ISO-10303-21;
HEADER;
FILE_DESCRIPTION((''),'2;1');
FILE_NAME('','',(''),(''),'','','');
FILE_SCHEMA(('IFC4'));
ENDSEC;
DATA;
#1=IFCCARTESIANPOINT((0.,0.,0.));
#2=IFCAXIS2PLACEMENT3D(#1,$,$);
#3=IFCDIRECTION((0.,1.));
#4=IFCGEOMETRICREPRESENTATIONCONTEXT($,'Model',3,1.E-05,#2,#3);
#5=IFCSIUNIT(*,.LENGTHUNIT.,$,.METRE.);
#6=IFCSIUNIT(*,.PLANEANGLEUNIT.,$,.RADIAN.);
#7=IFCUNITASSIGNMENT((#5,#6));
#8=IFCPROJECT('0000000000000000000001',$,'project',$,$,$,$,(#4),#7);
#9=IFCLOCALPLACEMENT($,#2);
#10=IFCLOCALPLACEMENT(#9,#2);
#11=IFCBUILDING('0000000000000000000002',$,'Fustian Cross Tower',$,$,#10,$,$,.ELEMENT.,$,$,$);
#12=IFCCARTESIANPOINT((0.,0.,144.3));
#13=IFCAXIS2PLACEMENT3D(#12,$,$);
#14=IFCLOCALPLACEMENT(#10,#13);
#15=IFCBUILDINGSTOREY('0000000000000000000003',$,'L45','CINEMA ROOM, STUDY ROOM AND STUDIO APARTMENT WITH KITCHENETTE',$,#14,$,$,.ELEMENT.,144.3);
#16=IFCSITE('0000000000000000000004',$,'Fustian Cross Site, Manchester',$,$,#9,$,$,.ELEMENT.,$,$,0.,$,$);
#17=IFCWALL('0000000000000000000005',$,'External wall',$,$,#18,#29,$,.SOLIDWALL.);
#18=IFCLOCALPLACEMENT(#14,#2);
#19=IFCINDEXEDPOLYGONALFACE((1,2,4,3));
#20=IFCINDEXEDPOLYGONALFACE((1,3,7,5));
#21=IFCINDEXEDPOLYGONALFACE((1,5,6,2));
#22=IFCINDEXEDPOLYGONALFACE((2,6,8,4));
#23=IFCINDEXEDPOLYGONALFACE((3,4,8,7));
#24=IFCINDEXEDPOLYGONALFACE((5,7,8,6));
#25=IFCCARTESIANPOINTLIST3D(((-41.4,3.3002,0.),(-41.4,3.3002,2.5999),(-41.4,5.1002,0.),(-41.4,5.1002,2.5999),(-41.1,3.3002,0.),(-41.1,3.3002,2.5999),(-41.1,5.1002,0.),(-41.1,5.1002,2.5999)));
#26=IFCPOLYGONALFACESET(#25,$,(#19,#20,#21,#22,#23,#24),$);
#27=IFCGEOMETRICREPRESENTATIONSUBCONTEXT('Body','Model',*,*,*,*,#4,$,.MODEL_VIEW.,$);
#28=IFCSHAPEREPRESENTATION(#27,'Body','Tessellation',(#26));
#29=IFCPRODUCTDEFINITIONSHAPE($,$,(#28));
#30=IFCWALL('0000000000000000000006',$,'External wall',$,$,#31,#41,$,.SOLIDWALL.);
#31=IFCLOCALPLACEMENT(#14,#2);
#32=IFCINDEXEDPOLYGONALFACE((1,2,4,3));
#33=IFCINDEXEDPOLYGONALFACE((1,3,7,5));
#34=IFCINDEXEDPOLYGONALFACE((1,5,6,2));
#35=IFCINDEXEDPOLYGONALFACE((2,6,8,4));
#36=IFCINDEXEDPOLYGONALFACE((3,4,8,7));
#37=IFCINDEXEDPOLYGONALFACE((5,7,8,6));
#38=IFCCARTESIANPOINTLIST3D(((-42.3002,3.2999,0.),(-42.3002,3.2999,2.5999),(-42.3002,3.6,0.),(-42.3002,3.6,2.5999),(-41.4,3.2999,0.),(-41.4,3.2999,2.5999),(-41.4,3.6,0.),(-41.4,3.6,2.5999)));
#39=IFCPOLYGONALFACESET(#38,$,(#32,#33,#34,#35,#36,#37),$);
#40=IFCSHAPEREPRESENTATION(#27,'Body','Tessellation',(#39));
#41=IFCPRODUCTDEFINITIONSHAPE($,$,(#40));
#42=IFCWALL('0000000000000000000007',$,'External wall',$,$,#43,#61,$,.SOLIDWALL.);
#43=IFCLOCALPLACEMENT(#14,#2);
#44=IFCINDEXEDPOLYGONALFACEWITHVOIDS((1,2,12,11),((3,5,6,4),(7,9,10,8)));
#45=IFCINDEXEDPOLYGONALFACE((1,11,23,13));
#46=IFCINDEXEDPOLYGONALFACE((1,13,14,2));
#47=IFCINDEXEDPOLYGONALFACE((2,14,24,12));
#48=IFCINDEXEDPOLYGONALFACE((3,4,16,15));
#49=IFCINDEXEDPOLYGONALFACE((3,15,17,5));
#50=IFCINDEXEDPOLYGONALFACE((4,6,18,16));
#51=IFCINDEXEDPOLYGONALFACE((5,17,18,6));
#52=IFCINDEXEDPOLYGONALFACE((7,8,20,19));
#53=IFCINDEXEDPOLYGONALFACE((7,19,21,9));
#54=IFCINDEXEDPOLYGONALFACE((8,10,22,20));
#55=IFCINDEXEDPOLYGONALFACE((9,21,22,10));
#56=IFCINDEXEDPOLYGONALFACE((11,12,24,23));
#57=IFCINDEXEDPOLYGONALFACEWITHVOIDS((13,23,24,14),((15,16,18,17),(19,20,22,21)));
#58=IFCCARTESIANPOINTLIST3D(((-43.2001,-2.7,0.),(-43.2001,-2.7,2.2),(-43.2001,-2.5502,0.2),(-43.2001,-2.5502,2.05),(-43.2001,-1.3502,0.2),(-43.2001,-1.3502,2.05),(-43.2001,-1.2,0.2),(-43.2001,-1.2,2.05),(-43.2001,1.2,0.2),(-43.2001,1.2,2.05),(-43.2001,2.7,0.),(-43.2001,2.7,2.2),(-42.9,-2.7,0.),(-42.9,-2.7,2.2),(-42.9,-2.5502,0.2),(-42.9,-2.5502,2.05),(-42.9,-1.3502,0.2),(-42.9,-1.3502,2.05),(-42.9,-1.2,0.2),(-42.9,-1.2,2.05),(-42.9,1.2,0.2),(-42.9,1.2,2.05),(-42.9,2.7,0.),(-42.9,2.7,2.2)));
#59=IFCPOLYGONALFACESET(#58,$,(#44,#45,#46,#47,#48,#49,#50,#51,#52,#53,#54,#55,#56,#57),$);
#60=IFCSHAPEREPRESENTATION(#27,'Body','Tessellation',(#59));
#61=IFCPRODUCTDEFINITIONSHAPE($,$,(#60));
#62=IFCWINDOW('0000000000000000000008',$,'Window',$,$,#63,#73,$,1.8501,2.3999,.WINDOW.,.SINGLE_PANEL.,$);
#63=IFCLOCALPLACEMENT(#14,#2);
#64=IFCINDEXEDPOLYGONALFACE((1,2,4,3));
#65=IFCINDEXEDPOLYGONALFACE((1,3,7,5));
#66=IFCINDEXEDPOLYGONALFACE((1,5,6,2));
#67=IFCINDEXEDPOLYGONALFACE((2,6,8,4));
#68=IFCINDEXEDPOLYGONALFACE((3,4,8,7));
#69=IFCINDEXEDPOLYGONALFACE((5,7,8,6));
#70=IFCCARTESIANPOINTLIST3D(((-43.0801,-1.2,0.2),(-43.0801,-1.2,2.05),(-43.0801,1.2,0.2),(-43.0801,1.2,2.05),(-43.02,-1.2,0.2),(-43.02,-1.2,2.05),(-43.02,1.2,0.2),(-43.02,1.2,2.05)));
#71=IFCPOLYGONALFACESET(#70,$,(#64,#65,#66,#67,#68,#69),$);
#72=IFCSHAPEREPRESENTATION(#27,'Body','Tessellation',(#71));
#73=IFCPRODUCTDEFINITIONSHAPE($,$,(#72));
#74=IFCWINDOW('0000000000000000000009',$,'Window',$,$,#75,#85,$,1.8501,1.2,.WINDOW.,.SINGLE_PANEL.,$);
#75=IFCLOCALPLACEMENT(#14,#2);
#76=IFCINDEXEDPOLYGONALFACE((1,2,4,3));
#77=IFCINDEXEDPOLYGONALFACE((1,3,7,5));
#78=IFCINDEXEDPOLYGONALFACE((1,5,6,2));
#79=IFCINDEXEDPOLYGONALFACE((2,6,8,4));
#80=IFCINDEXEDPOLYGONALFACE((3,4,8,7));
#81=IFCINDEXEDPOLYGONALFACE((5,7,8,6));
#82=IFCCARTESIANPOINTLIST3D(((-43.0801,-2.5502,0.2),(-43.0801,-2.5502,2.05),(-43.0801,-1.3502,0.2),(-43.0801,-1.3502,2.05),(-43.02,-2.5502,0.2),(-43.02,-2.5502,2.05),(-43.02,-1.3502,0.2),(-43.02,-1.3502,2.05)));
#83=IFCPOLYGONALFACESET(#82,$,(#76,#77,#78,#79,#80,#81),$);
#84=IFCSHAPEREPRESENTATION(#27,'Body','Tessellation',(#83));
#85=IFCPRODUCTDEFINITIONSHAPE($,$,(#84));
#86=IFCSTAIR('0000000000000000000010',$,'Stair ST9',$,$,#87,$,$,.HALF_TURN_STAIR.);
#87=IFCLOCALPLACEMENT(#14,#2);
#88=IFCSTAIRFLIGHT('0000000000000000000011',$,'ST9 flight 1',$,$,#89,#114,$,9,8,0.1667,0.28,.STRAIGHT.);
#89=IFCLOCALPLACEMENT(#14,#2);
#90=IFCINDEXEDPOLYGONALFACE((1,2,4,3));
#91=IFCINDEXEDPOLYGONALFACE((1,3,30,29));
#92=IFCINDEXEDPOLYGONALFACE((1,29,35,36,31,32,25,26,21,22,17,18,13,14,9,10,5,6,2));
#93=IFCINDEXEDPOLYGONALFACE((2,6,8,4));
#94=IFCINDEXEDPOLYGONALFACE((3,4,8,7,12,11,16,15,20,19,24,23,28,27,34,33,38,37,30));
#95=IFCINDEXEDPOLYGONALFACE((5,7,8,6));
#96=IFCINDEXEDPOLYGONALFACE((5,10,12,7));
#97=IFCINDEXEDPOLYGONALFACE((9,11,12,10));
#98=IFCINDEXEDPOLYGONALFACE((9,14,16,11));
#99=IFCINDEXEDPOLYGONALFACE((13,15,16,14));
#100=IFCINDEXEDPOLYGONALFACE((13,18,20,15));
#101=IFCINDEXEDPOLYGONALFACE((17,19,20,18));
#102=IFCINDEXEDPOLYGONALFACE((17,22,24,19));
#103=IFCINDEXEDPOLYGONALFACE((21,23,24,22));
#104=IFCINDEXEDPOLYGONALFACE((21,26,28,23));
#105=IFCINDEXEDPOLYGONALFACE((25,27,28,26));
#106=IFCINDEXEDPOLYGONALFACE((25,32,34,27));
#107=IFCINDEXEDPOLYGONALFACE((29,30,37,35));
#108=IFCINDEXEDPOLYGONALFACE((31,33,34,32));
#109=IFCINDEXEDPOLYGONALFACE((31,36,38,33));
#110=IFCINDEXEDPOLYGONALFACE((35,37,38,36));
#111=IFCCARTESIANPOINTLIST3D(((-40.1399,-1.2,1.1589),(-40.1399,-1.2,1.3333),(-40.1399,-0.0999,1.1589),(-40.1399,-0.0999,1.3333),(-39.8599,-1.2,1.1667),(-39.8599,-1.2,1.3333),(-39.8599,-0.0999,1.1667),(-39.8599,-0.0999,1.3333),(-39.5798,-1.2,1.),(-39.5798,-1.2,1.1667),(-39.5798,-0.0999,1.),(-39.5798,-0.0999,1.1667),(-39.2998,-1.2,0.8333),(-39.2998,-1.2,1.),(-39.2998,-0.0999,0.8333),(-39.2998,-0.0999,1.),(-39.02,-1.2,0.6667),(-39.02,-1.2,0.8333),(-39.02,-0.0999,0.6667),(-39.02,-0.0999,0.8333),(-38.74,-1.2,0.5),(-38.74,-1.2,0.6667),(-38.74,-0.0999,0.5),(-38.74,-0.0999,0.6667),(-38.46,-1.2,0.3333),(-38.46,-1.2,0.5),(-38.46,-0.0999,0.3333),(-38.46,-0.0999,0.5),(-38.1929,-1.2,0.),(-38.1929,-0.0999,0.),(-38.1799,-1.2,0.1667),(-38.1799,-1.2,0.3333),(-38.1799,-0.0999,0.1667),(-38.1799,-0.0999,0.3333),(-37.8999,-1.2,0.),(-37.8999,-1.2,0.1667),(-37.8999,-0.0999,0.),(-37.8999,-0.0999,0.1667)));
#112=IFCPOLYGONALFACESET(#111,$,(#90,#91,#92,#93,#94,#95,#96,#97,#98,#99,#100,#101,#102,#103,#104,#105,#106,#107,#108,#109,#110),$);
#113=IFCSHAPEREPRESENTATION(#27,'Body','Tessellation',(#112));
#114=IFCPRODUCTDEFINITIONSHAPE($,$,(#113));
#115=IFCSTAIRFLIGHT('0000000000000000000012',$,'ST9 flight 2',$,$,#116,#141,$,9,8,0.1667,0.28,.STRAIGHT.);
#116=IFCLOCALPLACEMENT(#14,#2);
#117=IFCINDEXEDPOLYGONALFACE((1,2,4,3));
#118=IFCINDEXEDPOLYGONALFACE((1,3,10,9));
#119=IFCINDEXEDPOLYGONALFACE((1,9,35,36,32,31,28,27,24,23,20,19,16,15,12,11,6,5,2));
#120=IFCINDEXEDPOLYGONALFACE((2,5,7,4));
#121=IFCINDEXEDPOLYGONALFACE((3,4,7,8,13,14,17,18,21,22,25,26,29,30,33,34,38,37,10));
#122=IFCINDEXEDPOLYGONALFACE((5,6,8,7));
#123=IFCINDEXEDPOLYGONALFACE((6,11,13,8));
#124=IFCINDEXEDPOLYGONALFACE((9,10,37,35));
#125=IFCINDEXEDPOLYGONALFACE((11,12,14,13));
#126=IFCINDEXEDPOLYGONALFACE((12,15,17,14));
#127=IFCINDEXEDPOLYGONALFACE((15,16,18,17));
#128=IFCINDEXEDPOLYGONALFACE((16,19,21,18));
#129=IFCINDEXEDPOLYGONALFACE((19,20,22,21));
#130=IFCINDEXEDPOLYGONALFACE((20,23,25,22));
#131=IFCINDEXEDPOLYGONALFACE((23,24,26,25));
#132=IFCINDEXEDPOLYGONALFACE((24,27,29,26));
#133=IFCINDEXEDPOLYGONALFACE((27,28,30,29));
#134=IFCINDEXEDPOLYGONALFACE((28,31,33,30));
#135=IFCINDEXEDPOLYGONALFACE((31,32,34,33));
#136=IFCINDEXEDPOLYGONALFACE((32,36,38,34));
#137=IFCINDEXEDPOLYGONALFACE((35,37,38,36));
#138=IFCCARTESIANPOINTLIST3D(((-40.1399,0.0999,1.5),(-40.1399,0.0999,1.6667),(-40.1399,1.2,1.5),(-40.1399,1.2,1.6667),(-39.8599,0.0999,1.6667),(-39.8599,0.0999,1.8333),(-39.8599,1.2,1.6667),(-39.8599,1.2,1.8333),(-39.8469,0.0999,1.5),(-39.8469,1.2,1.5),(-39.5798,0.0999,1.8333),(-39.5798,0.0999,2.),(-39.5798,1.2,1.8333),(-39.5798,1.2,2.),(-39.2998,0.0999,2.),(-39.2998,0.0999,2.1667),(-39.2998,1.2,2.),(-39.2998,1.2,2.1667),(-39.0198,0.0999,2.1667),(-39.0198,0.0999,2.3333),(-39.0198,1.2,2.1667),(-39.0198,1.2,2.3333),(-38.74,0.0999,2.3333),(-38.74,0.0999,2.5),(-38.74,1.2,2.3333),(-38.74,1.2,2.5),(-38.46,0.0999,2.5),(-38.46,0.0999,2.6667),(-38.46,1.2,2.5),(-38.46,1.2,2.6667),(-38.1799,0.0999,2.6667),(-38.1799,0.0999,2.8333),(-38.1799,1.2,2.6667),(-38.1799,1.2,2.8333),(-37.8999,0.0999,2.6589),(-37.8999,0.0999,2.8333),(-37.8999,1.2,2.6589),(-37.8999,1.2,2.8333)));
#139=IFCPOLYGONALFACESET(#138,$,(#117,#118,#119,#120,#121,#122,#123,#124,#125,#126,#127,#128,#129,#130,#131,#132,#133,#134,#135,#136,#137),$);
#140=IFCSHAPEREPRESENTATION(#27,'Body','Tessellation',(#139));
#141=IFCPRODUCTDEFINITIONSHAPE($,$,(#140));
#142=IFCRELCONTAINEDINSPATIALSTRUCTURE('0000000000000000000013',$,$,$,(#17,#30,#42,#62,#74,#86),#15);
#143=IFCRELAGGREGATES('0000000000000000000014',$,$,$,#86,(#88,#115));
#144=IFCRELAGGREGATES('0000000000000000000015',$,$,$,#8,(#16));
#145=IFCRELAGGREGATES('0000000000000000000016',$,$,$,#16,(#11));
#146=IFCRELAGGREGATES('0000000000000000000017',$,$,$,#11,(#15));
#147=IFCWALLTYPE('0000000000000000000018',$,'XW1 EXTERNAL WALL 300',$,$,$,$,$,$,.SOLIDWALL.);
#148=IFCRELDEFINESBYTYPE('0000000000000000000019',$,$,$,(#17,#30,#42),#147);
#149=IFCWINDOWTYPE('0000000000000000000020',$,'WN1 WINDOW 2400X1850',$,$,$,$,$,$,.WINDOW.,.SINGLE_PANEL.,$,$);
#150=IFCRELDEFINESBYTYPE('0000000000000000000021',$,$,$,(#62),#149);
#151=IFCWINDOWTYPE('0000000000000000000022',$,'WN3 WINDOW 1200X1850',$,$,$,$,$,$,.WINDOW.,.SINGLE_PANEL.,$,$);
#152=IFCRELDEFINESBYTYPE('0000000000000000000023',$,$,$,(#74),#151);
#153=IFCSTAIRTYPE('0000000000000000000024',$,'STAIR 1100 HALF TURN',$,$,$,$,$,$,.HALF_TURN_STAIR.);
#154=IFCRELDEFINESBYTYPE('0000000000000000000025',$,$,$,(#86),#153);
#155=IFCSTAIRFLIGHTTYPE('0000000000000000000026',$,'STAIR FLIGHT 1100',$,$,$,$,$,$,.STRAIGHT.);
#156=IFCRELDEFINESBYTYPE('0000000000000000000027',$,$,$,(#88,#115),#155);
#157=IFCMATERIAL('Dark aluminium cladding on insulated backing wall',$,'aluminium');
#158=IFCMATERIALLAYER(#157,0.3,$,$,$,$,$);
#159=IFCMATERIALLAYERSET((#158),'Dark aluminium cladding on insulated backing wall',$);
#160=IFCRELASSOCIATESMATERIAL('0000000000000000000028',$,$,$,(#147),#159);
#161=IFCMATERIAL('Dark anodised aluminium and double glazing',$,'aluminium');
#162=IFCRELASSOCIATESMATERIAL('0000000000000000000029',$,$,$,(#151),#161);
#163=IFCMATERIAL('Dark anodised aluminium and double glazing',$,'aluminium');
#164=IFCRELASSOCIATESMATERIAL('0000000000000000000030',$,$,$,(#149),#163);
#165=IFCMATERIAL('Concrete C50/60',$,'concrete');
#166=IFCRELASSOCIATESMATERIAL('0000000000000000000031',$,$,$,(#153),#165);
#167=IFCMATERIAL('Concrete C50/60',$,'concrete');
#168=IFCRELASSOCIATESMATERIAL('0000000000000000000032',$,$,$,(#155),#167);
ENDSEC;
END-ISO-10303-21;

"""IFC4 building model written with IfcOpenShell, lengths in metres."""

from ifc_helpers import new_model, si_unit, direction, frame, frame_2d, origin, place, context, subcontext, project, spatial, polyline, rectangle, outline, extrude, material, layer, layer_set, type_object, element, fill, aggregate, save


model = new_model("IFC4")

# Units and contexts
model_context = context("Model", 3, precision=1e-05, world=origin(), true_north=direction((0.0, 1.0)))
body_context = subcontext(model_context, "Body", "Model", "MODEL_VIEW")
ifc_project = project(units=[si_unit("LENGTHUNIT", "METRE"), si_unit("PLANEANGLEUNIT", "RADIAN")], contexts=[model_context])

# Site, building, storey
site_placement = place(None, origin())
site = spatial("IfcSite", under=ifc_project, at=site_placement, Name="Fustian Cross Site, Manchester", CompositionType="ELEMENT", RefElevation=0.0)
building_placement = place(site_placement, origin())
building = spatial("IfcBuilding", under=site, at=building_placement, Name="Fustian Cross Tower", CompositionType="ELEMENT")
storey_placement = place(building_placement, frame((0.0, 0.0, 144.3)))
storey = spatial("IfcBuildingStorey", under=building, at=storey_placement, Name="L45", Description="CINEMA ROOM, STUDY ROOM AND STUDIO APARTMENT WITH KITCHENETTE", CompositionType="ELEMENT", Elevation=144.3)

# Shared definitions
ifc_material_1 = material(Name="Dark aluminium cladding on insulated backing wall", Category="aluminium")
ifc_layer_1 = layer(ifc_material_1, 0.3)
ifc_layer_set_1 = layer_set([ifc_layer_1], Name="Dark aluminium cladding on insulated backing wall")
wall_type_1 = type_object("IfcWallType", Name="XW1 EXTERNAL WALL 300", PredefinedType="SOLIDWALL", material=ifc_layer_set_1)
ifc_material_2 = material(Name="Dark anodised aluminium and double glazing", Category="aluminium")
window_type_1 = type_object("IfcWindowType", Name="WN3 WINDOW 1200X1850", PartitioningType="SINGLE_PANEL", PredefinedType="WINDOW", material=ifc_material_2)

# Walls
wall_1_placement = place(storey_placement, frame((-41.25, 5.1001, 0.0), z_axis=(0.0, 0.0, 1.0), x_axis=(0.0, -1.0, 0.0)))
element("IfcWall", 1, at=wall_1_placement, inside=storey, type_object=wall_type_1, Name="External wall", PredefinedType="SOLIDWALL", context=body_context, shape_type="SweptSolid", body=[
    extrude(rectangle(XDim=1.8, YDim=0.3, at=frame_2d((0.8999, 0.0))), origin(), (0.0, 0.0, 1.0), 2.5999),
])
wall_2_placement = place(storey_placement, frame((-41.3999, 3.45, 0.0), z_axis=(0.0, 0.0, 1.0), x_axis=(-1.0, 0.0, 0.0)))
element("IfcWall", 2, at=wall_2_placement, inside=storey, type_object=wall_type_1, Name="External wall", PredefinedType="SOLIDWALL", context=body_context, shape_type="SweptSolid", body=[
    extrude(rectangle(XDim=0.9001, YDim=0.3, at=frame_2d((0.4502, 0.0))), origin(), (0.0, 0.0, 1.0), 2.5999),
])

# Wall, openings, windows
wall_3_placement = place(storey_placement, frame((-43.05, 2.7, 0.0), z_axis=(0.0, 0.0, 1.0), x_axis=(0.0, -1.0, 0.0)))
wall_3 = element("IfcWall", 3, at=wall_3_placement, inside=storey, type_object=wall_type_1, Name="External wall", PredefinedType="SOLIDWALL", context=body_context, shape_type="SweptSolid", body=[
    extrude(rectangle(XDim=5.3999, YDim=0.3, at=frame_2d((2.7, 0.0))), origin(), (0.0, 0.0, 1.0), 2.2),
])
opening_1_placement = place(wall_3_placement, frame((1.5, 0.0, 0.2)))
opening_1 = element("IfcOpeningElement", 4, at=opening_1_placement, cuts=wall_3, PredefinedType="OPENING", context=body_context, shape_type="SweptSolid", body=[
    extrude(rectangle(XDim=2.3999, YDim=1.8501, at=frame_2d((1.2, 0.925))), frame((0.0, 0.1599, 0.0), z_axis=(0.0, -1.0, 0.0), x_axis=(1.0, 0.0, 0.0)), (0.0, 0.0, 1.0), 0.3201),
])
opening_2_placement = place(wall_3_placement, frame((4.05, 0.0, 0.2)))
opening_2 = element("IfcOpeningElement", 5, at=opening_2_placement, cuts=wall_3, PredefinedType="OPENING", context=body_context, shape_type="SweptSolid", body=[
    extrude(rectangle(XDim=1.2, YDim=1.8501, at=frame_2d((0.6001, 0.925))), frame((0.0, 0.1599, 0.0), z_axis=(0.0, -1.0, 0.0), x_axis=(1.0, 0.0, 0.0)), (0.0, 0.0, 1.0), 0.3201),
])
ifc_material_3 = material(Name="Dark anodised aluminium and double glazing", Category="aluminium")
window_type_2 = type_object("IfcWindowType", Name="WN1 WINDOW 2400X1850", PartitioningType="SINGLE_PANEL", PredefinedType="WINDOW", material=ifc_material_3)
window_1_placement = place(opening_1_placement, origin())
window_1 = element("IfcWindow", 6, at=window_1_placement, inside=storey, type_object=window_type_2, Name="Window", OverallHeight=1.8501, OverallWidth=2.3999, PartitioningType="SINGLE_PANEL", PredefinedType="WINDOW", context=body_context, shape_type="SweptSolid", body=[
    extrude(rectangle(XDim=2.3999, YDim=1.8501, at=frame_2d((1.2, 0.925))), frame((0.0, 0.03, 0.0), z_axis=(0.0, -1.0, 0.0), x_axis=(1.0, 0.0, 0.0)), (0.0, 0.0, 1.0), 0.0601),
])
fill(opening_1, window_1)
window_2_placement = place(opening_2_placement, origin())
window_2 = element("IfcWindow", 7, at=window_2_placement, inside=storey, type_object=window_type_1, Name="Window", OverallHeight=1.8501, OverallWidth=1.2, PartitioningType="SINGLE_PANEL", PredefinedType="WINDOW", context=body_context, shape_type="SweptSolid", body=[
    extrude(rectangle(XDim=1.2, YDim=1.8501, at=frame_2d((0.6001, 0.925))), frame((0.0, 0.03, 0.0), z_axis=(0.0, -1.0, 0.0), x_axis=(1.0, 0.0, 0.0)), (0.0, 0.0, 1.0), 0.0601),
])
fill(opening_2, window_2)

# Stair, stair flights
ifc_material_4 = material(Name="Concrete C50/60", Category="concrete")
stair_type = type_object("IfcStairType", Name="STAIR 1100 HALF TURN", PredefinedType="HALF_TURN_STAIR", material=ifc_material_4)
stair_placement = place(storey_placement, origin())
stair = element("IfcStair", 8, at=stair_placement, inside=storey, type_object=stair_type, Name="Stair ST9", PredefinedType="HALF_TURN_STAIR")
ifc_material_5 = material(Name="Concrete C50/60", Category="concrete")
stair_flight_type = type_object("IfcStairFlightType", Name="STAIR FLIGHT 1100", PredefinedType="STRAIGHT", material=ifc_material_5)
stair_flight_1_placement = place(storey_placement, frame((-37.8999, -0.6499, 0.0), z_axis=(0.0, 0.0, 1.0), x_axis=(-1.0, 0.0, 0.0)))
stair_flight_1 = element("IfcStairFlight", 9, at=stair_flight_1_placement, type_object=stair_flight_type, Name="ST9 flight 1", NumberOfRisers=9, NumberOfTreads=8, PredefinedType="STRAIGHT", RiserHeight=0.1667, TreadLength=0.28, context=body_context, shape_type="SweptSolid", body=[
    extrude(outline(polyline([(0.0, 0.0), (0.0, 0.1667), (0.28, 0.1667), (0.28, 0.3333), (0.5601, 0.3333), (0.5601, 0.5), (0.8401, 0.5), (0.8401, 0.6667), (1.1201, 0.6667), (1.1201, 0.8333), (1.3999, 0.8333), (1.3999, 1.0), (1.6799, 1.0), (1.6799, 1.1667), (1.96, 1.1667), (1.96, 1.3333), (2.24, 1.3333), (2.24, 1.5), (2.24, 1.1589), (0.293, 0.0), (0.0, 0.0)])), frame((0.0, 0.55, 0.0), z_axis=(0.0, -1.0, 0.0), x_axis=(1.0, 0.0, 0.0)), (0.0, 0.0, 1.0), 1.1001),
])
stair_flight_2_placement = place(storey_placement, frame((-40.1399, 0.6499, 1.5), z_axis=(0.0, 0.0, 1.0), x_axis=(1.0, 0.0, 0.0)))
stair_flight_2 = element("IfcStairFlight", 10, at=stair_flight_2_placement, type_object=stair_flight_type, Name="ST9 flight 2", NumberOfRisers=9, NumberOfTreads=8, PredefinedType="STRAIGHT", RiserHeight=0.1667, TreadLength=0.28, context=body_context, shape_type="SweptSolid", body=[
    extrude(outline(polyline([(0.0, 0.0), (0.0, 0.1667), (0.28, 0.1667), (0.28, 0.3333), (0.5601, 0.3333), (0.5601, 0.5), (0.8401, 0.5), (0.8401, 0.6667), (1.1201, 0.6667), (1.1201, 0.8333), (1.3999, 0.8333), (1.3999, 1.0), (1.6799, 1.0), (1.6799, 1.1667), (1.96, 1.1667), (1.96, 1.3333), (2.24, 1.3333), (2.24, 1.5), (2.24, 1.1589), (0.293, 0.0), (0.0, 0.0)])), frame((0.0, 0.55, 0.0), z_axis=(0.0, -1.0, 0.0), x_axis=(1.0, 0.0, 0.0)), (0.0, 0.0, 1.0), 1.1001),
])
aggregate(stair, [stair_flight_1, stair_flight_2])

save(model, "model.ifc")
